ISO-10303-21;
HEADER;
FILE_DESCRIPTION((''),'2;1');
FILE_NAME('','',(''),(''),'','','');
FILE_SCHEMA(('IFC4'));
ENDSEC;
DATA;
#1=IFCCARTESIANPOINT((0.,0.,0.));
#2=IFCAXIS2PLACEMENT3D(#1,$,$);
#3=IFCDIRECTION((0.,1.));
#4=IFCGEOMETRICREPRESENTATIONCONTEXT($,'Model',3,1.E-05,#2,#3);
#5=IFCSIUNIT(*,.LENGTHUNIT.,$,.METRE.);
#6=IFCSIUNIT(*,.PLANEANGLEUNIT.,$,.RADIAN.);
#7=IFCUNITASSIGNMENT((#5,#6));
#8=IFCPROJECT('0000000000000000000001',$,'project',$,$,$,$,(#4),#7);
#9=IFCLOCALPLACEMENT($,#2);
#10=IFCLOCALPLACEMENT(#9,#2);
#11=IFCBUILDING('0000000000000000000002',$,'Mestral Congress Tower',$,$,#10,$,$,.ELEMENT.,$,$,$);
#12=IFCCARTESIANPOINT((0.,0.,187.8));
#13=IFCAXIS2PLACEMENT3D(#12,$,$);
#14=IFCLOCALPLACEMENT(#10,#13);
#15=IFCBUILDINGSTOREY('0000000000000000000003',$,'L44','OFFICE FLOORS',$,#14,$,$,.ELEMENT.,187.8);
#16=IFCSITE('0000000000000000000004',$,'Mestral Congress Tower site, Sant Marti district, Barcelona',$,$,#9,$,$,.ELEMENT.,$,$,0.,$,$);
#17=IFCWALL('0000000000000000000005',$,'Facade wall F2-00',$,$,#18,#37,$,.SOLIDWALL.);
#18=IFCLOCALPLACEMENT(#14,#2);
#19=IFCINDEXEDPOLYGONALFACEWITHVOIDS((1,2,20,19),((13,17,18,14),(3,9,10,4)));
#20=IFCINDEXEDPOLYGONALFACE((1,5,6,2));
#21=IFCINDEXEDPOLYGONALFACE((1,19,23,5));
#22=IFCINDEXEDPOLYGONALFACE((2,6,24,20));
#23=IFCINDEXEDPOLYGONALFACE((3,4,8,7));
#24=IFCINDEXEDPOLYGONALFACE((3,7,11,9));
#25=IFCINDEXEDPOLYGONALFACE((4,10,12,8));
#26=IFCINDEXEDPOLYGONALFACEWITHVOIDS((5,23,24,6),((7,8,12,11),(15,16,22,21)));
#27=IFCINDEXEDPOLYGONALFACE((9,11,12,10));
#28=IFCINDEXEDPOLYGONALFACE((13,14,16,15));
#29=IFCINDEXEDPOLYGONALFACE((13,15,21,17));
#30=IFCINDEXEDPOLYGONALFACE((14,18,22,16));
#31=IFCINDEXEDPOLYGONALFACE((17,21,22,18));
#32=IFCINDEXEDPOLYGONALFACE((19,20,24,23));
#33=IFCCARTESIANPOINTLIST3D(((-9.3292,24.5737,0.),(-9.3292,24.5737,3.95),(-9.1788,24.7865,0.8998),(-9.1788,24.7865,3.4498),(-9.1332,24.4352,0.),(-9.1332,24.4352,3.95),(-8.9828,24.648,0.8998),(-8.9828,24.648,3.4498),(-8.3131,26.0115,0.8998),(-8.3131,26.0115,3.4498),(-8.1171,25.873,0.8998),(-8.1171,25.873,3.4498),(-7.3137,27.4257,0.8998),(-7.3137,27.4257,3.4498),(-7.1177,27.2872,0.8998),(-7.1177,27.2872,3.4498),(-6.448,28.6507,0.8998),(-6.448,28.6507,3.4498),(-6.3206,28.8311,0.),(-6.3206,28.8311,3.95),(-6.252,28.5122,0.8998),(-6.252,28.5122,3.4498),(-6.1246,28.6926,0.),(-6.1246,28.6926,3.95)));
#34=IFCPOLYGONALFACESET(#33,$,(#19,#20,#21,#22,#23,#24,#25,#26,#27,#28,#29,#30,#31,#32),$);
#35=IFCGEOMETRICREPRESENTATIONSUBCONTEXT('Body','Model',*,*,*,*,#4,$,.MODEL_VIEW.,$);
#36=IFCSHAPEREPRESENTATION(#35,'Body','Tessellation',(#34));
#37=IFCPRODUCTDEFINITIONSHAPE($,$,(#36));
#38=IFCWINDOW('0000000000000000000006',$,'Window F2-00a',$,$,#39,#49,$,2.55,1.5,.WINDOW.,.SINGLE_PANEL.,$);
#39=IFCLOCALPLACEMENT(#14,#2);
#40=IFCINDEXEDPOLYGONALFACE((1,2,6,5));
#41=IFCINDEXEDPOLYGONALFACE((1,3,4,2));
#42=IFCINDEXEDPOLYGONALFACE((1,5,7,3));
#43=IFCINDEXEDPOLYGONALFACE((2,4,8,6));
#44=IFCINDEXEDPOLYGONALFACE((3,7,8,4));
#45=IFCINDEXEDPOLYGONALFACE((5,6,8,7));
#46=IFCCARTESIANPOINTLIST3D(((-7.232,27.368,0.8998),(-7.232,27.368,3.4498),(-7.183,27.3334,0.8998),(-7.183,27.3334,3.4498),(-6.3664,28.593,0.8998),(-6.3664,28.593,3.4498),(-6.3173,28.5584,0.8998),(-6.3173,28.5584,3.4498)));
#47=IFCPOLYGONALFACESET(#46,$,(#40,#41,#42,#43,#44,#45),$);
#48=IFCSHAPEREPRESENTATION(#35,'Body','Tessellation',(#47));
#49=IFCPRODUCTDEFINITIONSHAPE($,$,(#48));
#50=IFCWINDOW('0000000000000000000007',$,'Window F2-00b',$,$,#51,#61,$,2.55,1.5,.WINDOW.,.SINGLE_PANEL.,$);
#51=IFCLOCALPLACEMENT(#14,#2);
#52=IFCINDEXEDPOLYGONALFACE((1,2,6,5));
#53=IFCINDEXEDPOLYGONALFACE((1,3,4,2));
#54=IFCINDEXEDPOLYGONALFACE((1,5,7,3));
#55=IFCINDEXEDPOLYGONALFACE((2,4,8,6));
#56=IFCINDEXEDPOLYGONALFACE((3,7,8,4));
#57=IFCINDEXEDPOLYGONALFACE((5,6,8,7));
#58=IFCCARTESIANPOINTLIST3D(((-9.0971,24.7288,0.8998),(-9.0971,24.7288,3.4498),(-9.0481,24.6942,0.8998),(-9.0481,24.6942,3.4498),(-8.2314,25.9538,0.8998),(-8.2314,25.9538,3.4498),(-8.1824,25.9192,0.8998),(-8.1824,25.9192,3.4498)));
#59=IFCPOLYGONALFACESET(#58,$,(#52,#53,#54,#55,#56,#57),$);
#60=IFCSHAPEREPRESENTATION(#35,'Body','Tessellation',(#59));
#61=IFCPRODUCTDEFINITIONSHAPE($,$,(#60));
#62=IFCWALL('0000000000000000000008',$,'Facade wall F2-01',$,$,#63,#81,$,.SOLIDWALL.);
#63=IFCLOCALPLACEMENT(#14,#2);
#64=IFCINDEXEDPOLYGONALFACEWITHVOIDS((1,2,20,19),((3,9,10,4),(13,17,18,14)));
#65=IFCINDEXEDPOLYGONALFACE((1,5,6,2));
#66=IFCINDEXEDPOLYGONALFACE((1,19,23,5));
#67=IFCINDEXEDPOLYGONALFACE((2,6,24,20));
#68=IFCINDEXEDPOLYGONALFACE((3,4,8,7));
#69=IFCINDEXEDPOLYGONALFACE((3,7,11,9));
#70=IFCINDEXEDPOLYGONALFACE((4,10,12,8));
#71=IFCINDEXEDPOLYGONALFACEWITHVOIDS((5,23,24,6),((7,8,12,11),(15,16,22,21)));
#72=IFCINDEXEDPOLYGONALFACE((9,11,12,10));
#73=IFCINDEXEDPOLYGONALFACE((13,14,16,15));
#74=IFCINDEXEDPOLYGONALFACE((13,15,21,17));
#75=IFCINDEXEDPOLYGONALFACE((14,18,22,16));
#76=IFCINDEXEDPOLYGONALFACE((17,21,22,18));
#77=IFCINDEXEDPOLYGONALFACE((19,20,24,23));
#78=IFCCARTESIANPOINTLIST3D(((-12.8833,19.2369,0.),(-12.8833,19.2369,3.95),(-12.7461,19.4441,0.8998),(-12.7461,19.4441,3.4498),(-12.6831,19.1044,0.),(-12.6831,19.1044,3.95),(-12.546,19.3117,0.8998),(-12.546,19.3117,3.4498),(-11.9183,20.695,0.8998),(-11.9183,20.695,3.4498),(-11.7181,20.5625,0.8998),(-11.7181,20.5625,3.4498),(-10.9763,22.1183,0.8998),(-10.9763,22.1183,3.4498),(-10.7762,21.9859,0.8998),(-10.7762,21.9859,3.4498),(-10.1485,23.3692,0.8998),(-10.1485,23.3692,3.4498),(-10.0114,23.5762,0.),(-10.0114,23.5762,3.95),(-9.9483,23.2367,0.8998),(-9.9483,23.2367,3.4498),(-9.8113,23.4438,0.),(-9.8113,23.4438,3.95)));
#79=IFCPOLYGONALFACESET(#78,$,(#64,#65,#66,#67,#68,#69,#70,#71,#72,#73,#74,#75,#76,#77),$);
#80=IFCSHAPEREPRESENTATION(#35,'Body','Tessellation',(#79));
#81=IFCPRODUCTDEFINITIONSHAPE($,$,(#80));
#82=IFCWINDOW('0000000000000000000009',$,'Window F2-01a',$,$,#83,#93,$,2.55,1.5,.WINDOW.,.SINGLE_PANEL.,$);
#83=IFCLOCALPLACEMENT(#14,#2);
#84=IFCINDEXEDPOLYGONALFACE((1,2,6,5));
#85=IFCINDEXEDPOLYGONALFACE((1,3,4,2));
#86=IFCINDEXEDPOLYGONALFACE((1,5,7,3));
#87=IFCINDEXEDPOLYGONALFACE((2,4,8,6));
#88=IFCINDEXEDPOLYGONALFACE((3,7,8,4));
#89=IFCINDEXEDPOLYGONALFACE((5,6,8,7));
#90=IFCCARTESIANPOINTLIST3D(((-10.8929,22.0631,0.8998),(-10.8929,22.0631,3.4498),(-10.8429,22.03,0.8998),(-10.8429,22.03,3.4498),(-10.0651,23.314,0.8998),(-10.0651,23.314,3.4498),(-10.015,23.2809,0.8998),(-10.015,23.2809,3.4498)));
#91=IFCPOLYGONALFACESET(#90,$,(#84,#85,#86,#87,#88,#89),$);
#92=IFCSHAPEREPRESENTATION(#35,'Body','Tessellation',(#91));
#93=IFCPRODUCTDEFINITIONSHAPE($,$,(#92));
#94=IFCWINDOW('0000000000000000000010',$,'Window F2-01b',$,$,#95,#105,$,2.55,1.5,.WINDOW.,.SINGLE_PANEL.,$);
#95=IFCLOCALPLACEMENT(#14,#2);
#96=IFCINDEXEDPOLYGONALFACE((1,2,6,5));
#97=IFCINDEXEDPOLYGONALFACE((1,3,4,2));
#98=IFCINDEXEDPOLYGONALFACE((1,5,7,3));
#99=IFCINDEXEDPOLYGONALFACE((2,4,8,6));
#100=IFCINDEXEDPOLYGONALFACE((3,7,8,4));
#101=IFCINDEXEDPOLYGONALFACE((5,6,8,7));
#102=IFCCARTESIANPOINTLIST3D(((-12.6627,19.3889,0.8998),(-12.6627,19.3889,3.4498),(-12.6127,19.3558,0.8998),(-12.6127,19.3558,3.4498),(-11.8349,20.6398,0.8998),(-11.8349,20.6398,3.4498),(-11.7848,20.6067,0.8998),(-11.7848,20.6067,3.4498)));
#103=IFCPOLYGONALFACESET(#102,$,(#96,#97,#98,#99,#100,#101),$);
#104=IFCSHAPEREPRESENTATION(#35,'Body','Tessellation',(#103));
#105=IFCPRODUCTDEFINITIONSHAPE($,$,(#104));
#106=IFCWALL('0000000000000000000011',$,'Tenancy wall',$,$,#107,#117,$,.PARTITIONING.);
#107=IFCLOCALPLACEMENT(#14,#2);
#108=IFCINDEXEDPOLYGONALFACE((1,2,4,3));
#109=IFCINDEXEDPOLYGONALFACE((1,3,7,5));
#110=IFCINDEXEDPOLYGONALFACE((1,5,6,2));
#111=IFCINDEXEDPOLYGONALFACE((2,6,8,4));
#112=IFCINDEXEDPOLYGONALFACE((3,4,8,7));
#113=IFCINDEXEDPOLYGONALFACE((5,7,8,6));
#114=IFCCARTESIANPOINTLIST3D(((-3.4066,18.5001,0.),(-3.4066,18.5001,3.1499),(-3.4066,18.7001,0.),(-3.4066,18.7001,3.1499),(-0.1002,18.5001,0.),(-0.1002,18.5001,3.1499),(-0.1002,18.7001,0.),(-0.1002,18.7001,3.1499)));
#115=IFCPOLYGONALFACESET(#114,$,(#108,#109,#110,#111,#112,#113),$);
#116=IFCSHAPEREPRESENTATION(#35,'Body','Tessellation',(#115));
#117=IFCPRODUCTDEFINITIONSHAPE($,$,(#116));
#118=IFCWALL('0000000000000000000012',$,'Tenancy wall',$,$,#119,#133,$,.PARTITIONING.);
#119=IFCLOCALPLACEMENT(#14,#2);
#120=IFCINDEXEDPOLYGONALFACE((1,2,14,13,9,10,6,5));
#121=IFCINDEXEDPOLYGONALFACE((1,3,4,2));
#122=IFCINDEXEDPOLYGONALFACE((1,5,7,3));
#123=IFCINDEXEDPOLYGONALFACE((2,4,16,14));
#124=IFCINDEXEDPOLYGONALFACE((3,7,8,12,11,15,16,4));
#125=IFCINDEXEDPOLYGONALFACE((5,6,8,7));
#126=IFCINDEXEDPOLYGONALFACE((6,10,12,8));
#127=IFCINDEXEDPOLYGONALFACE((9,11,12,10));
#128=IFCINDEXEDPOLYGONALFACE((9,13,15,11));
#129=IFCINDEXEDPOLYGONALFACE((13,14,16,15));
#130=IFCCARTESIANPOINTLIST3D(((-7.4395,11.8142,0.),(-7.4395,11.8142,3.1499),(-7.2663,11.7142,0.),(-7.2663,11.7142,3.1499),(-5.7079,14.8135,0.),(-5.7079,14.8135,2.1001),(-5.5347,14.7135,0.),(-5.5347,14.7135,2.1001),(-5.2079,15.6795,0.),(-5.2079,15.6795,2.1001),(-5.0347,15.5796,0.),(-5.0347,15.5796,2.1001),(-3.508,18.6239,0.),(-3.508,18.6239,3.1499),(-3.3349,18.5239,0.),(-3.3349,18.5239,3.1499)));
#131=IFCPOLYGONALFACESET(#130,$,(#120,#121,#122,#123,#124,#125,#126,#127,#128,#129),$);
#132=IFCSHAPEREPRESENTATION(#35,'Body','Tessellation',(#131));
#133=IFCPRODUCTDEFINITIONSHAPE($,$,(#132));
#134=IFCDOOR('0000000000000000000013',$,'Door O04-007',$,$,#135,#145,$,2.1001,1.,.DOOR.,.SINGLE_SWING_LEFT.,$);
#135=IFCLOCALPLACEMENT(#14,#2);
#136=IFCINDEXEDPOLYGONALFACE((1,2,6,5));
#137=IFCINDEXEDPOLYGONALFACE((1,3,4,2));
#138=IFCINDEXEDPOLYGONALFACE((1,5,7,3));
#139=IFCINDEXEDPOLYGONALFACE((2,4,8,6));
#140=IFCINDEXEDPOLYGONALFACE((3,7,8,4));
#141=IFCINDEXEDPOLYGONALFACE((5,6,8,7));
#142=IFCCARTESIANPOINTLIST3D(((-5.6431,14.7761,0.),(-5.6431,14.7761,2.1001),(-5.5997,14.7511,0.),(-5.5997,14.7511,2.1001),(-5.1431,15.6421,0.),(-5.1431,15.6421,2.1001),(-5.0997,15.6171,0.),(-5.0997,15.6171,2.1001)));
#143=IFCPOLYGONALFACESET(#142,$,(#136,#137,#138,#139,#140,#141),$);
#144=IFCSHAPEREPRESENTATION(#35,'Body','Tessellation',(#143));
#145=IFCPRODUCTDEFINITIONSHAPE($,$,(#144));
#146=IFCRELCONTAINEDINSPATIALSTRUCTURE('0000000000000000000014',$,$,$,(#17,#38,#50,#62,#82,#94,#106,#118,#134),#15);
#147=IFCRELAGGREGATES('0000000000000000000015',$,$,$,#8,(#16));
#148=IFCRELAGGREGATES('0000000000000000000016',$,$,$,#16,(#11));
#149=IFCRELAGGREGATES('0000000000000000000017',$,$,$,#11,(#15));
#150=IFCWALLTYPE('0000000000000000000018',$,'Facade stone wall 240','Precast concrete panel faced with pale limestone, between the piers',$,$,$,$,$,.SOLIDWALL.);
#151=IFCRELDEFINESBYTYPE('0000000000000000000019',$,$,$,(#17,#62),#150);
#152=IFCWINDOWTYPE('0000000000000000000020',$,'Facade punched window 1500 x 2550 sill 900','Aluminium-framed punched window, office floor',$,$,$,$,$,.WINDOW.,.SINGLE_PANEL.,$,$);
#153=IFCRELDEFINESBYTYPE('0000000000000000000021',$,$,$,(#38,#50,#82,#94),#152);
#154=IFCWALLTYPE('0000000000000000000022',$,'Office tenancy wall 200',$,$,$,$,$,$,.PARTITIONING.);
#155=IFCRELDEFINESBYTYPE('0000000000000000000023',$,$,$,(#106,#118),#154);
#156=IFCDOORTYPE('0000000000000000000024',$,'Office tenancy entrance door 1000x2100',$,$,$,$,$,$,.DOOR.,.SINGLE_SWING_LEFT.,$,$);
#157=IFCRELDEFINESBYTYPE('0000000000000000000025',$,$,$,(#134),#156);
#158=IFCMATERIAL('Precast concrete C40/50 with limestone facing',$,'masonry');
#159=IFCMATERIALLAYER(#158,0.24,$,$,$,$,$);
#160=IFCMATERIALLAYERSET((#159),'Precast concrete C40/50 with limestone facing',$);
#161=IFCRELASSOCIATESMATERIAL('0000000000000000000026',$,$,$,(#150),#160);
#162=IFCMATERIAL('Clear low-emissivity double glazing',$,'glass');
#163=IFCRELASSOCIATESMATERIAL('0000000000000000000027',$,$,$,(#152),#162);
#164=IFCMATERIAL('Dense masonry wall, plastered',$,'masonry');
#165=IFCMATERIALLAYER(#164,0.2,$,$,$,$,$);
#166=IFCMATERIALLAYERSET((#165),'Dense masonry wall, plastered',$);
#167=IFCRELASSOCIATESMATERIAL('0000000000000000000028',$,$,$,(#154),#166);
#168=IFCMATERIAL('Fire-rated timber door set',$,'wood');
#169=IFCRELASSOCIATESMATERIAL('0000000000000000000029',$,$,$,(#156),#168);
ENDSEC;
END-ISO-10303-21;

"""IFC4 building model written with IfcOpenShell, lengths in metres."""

from ifc_helpers import new_model, si_unit, direction, frame, frame_2d, origin, place, context, subcontext, project, spatial, rectangle, extrude, material, layer, layer_set, type_object, element, fill, save


model = new_model("IFC4")

# Units and contexts
model_context = context("Model", 3, precision=1e-05, world=origin(), true_north=direction((0.0, 1.0)))
body_context = subcontext(model_context, "Body", "Model", "MODEL_VIEW")
ifc_project = project(units=[si_unit("LENGTHUNIT", "METRE"), si_unit("PLANEANGLEUNIT", "RADIAN")], contexts=[model_context])

# Site, building, storey
site_placement = place(None, origin())
site = spatial("IfcSite", under=ifc_project, at=site_placement, Name="Mestral Congress Tower site, Sant Marti district, Barcelona", CompositionType="ELEMENT", RefElevation=0.0)
building_placement = place(site_placement, origin())
building = spatial("IfcBuilding", under=site, at=building_placement, Name="Mestral Congress Tower", CompositionType="ELEMENT")
storey_placement = place(building_placement, frame((0.0, 0.0, 187.8)))
storey = spatial("IfcBuildingStorey", under=building, at=storey_placement, Name="L44", Description="OFFICE FLOORS", CompositionType="ELEMENT", Elevation=187.8)

# Shared definitions
ifc_material_1 = material(Name="Precast concrete C40/50 with limestone facing", Category="masonry")
ifc_layer_1 = layer(ifc_material_1, 0.24)
ifc_layer_set_1 = layer_set([ifc_layer_1], Name="Precast concrete C40/50 with limestone facing")
wall_type_1 = type_object("IfcWallType", Name="Facade stone wall 240", Description="Precast concrete panel faced with pale limestone, between the piers", PredefinedType="SOLIDWALL", material=ifc_layer_set_1)
ifc_material_2 = material(Name="Clear low-emissivity double glazing", Category="glass")

# Walls, openings, windows
wall_1_placement = place(storey_placement, frame((-6.2227, 28.7617, 0.0), z_axis=(0.0, 0.0, 1.0), x_axis=(-0.577115, -0.816663, 0.0)))
wall_1 = element("IfcWall", 1, at=wall_1_placement, inside=storey, type_object=wall_type_1, Name="Facade wall F2-00", PredefinedType="SOLIDWALL", context=body_context, shape_type="SweptSolid", body=[
    extrude(rectangle(XDim=5.2131, YDim=0.24, at=frame_2d((2.6064, 0.0))), origin(), (0.0, 0.0, 1.0), 3.95),
])
opening_1_placement = place(wall_1_placement, frame((0.2207, 0.0, 0.8999)))
opening_1 = element("IfcOpeningElement", 2, at=opening_1_placement, cuts=wall_1, PredefinedType="OPENING", context=body_context, shape_type="SweptSolid", body=[
    extrude(rectangle(XDim=1.5, YDim=2.55, at=frame_2d((0.75, 1.2749))), frame((0.0, 0.1299, 0.0), z_axis=(0.0, -1.0, 0.0), x_axis=(1.0, 0.0, 0.0)), (0.0, 0.0, 1.0), 0.26),
])
opening_2_placement = place(wall_1_placement, frame((3.4524, 0.0, 0.8999)))
opening_2 = element("IfcOpeningElement", 3, at=opening_2_placement, cuts=wall_1, PredefinedType="OPENING", context=body_context, shape_type="SweptSolid", body=[
    extrude(rectangle(XDim=1.5, YDim=2.55, at=frame_2d((0.75, 1.2749))), frame((0.0, 0.1299, 0.0), z_axis=(0.0, -1.0, 0.0), x_axis=(1.0, 0.0, 0.0)), (0.0, 0.0, 1.0), 0.26),
])
window_type_1 = type_object("IfcWindowType", Name="Facade punched window 1500 x 2550 sill 900", Description="Aluminium-framed punched window, office floor", PartitioningType="SINGLE_PANEL", PredefinedType="WINDOW", material=ifc_material_2)
window_1_placement = place(opening_1_placement, origin())
window_1 = element("IfcWindow", 4, at=window_1_placement, inside=storey, type_object=window_type_1, Name="Window F2-00a", OverallHeight=2.55, OverallWidth=1.5, PartitioningType="SINGLE_PANEL", PredefinedType="WINDOW", context=body_context, shape_type="SweptSolid", body=[
    extrude(rectangle(XDim=1.5, YDim=2.55, at=frame_2d((0.75, 1.2749))), frame((0.0, 0.04, 0.0), z_axis=(0.0, -1.0, 0.0), x_axis=(1.0, 0.0, 0.0)), (0.0, 0.0, 1.0), 0.0601),
])
fill(opening_1, window_1)
window_2_placement = place(opening_2_placement, origin())
window_2 = element("IfcWindow", 5, at=window_2_placement, inside=storey, type_object=window_type_1, Name="Window F2-00b", OverallHeight=2.55, OverallWidth=1.5, PartitioningType="SINGLE_PANEL", PredefinedType="WINDOW", context=body_context, shape_type="SweptSolid", body=[
    extrude(rectangle(XDim=1.5, YDim=2.55, at=frame_2d((0.75, 1.2749))), frame((0.0, 0.04, 0.0), z_axis=(0.0, -1.0, 0.0), x_axis=(1.0, 0.0, 0.0)), (0.0, 0.0, 1.0), 0.0601),
])
fill(opening_2, window_2)
wall_2_placement = place(storey_placement, frame((-9.9114, 23.51, 0.0), z_axis=(0.0, 0.0, 1.0), x_axis=(-0.551893, -0.833915, 0.0)))
wall_2 = element("IfcWall", 6, at=wall_2_placement, inside=storey, type_object=wall_type_1, Name="Facade wall F2-01", PredefinedType="SOLIDWALL", context=body_context, shape_type="SweptSolid", body=[
    extrude(rectangle(XDim=5.2036, YDim=0.24, at=frame_2d((2.6018, 0.0))), origin(), (0.0, 0.0, 1.0), 3.95),
])
opening_3_placement = place(wall_2_placement, frame((0.2483, 0.0, 0.8999)))
opening_3 = element("IfcOpeningElement", 7, at=opening_3_placement, cuts=wall_2, PredefinedType="OPENING", context=body_context, shape_type="SweptSolid", body=[
    extrude(rectangle(XDim=1.5, YDim=2.55, at=frame_2d((0.75, 1.2749))), frame((0.0, 0.1299, 0.0), z_axis=(0.0, -1.0, 0.0), x_axis=(1.0, 0.0, 0.0)), (0.0, 0.0, 1.0), 0.26),
])
opening_4_placement = place(wall_2_placement, frame((3.4551, 0.0, 0.8999)))
opening_4 = element("IfcOpeningElement", 8, at=opening_4_placement, cuts=wall_2, PredefinedType="OPENING", context=body_context, shape_type="SweptSolid", body=[
    extrude(rectangle(XDim=1.5, YDim=2.55, at=frame_2d((0.75, 1.2749))), frame((0.0, 0.1299, 0.0), z_axis=(0.0, -1.0, 0.0), x_axis=(1.0, 0.0, 0.0)), (0.0, 0.0, 1.0), 0.26),
])
window_3_placement = place(opening_3_placement, origin())
window_3 = element("IfcWindow", 9, at=window_3_placement, inside=storey, type_object=window_type_1, Name="Window F2-01a", OverallHeight=2.55, OverallWidth=1.5, PartitioningType="SINGLE_PANEL", PredefinedType="WINDOW", context=body_context, shape_type="SweptSolid", body=[
    extrude(rectangle(XDim=1.5, YDim=2.55, at=frame_2d((0.75, 1.2749))), frame((0.0, 0.04, 0.0), z_axis=(0.0, -1.0, 0.0), x_axis=(1.0, 0.0, 0.0)), (0.0, 0.0, 1.0), 0.0601),
])
fill(opening_3, window_3)
window_4_placement = place(opening_4_placement, origin())
window_4 = element("IfcWindow", 10, at=window_4_placement, inside=storey, type_object=window_type_1, Name="Window F2-01b", OverallHeight=2.55, OverallWidth=1.5, PartitioningType="SINGLE_PANEL", PredefinedType="WINDOW", context=body_context, shape_type="SweptSolid", body=[
    extrude(rectangle(XDim=1.5, YDim=2.55, at=frame_2d((0.75, 1.2749))), frame((0.0, 0.04, 0.0), z_axis=(0.0, -1.0, 0.0), x_axis=(1.0, 0.0, 0.0)), (0.0, 0.0, 1.0), 0.0601),
])
fill(opening_4, window_4)

# Wall
ifc_material_3 = material(Name="Dense masonry wall, plastered", Category="masonry")
ifc_layer_2 = layer(ifc_material_3, 0.2)
ifc_layer_set_2 = layer_set([ifc_layer_2], Name="Dense masonry wall, plastered")
wall_type_2 = type_object("IfcWallType", Name="Office tenancy wall 200", PredefinedType="PARTITIONING", material=ifc_layer_set_2)
wall_3_placement = place(storey_placement, frame((-0.1001, 18.6001, 0.0), z_axis=(0.0, 0.0, 1.0), x_axis=(-1.0, 0.0, 0.0)))
element("IfcWall", 11, at=wall_3_placement, inside=storey, type_object=wall_type_2, Name="Tenancy wall", PredefinedType="PARTITIONING", context=body_context, shape_type="SweptSolid", body=[
    extrude(rectangle(XDim=3.3064, YDim=0.2, at=frame_2d((1.6533, 0.0))), origin(), (0.0, 0.0, 1.0), 3.1499),
])

# Wall, opening, door
wall_4_placement = place(storey_placement, frame((-3.4214, 18.574, 0.0), z_axis=(0.0, 0.0, 1.0), x_axis=(-0.499989, -0.866032, 0.0)))
wall_4 = element("IfcWall", 12, at=wall_4_placement, inside=storey, type_object=wall_type_2, Name="Tenancy wall", PredefinedType="PARTITIONING", context=body_context, shape_type="SweptSolid", body=[
    extrude(rectangle(XDim=7.863, YDim=0.2, at=frame_2d((3.9316, 0.0))), origin(), (0.0, 0.0, 1.0), 3.1499),
])
opening_5_placement = place(wall_4_placement, frame((3.3999, 0.0, 0.0)))
opening_5 = element("IfcOpeningElement", 13, at=opening_5_placement, cuts=wall_4, PredefinedType="OPENING", context=body_context, shape_type="SweptSolid", body=[
    extrude(rectangle(XDim=1.0, YDim=2.1001, at=frame_2d((0.5, 1.05))), frame((0.0, 0.1099, 0.0), z_axis=(0.0, -1.0, 0.0), x_axis=(1.0, 0.0, 0.0)), (0.0, 0.0, 1.0), 0.22),
])
ifc_material_4 = material(Name="Fire-rated timber door set", Category="wood")
door_type = type_object("IfcDoorType", Name="Office tenancy entrance door 1000x2100", OperationType="SINGLE_SWING_LEFT", PredefinedType="DOOR", material=ifc_material_4)
door_placement = place(opening_5_placement, origin())
door = element("IfcDoor", 14, at=door_placement, inside=storey, type_object=door_type, Name="Door O04-007", OperationType="SINGLE_SWING_LEFT", OverallHeight=2.1001, OverallWidth=1.0, PredefinedType="DOOR", context=body_context, shape_type="SweptSolid", body=[
    extrude(rectangle(XDim=1.0, YDim=2.1001, at=frame_2d((0.5, 1.05))), frame((0.0, 0.0249, 0.0), z_axis=(0.0, -1.0, 0.0), x_axis=(1.0, 0.0, 0.0)), (0.0, 0.0, 1.0), 0.05),
])
fill(opening_5, door)

save(model, "model.ifc")
